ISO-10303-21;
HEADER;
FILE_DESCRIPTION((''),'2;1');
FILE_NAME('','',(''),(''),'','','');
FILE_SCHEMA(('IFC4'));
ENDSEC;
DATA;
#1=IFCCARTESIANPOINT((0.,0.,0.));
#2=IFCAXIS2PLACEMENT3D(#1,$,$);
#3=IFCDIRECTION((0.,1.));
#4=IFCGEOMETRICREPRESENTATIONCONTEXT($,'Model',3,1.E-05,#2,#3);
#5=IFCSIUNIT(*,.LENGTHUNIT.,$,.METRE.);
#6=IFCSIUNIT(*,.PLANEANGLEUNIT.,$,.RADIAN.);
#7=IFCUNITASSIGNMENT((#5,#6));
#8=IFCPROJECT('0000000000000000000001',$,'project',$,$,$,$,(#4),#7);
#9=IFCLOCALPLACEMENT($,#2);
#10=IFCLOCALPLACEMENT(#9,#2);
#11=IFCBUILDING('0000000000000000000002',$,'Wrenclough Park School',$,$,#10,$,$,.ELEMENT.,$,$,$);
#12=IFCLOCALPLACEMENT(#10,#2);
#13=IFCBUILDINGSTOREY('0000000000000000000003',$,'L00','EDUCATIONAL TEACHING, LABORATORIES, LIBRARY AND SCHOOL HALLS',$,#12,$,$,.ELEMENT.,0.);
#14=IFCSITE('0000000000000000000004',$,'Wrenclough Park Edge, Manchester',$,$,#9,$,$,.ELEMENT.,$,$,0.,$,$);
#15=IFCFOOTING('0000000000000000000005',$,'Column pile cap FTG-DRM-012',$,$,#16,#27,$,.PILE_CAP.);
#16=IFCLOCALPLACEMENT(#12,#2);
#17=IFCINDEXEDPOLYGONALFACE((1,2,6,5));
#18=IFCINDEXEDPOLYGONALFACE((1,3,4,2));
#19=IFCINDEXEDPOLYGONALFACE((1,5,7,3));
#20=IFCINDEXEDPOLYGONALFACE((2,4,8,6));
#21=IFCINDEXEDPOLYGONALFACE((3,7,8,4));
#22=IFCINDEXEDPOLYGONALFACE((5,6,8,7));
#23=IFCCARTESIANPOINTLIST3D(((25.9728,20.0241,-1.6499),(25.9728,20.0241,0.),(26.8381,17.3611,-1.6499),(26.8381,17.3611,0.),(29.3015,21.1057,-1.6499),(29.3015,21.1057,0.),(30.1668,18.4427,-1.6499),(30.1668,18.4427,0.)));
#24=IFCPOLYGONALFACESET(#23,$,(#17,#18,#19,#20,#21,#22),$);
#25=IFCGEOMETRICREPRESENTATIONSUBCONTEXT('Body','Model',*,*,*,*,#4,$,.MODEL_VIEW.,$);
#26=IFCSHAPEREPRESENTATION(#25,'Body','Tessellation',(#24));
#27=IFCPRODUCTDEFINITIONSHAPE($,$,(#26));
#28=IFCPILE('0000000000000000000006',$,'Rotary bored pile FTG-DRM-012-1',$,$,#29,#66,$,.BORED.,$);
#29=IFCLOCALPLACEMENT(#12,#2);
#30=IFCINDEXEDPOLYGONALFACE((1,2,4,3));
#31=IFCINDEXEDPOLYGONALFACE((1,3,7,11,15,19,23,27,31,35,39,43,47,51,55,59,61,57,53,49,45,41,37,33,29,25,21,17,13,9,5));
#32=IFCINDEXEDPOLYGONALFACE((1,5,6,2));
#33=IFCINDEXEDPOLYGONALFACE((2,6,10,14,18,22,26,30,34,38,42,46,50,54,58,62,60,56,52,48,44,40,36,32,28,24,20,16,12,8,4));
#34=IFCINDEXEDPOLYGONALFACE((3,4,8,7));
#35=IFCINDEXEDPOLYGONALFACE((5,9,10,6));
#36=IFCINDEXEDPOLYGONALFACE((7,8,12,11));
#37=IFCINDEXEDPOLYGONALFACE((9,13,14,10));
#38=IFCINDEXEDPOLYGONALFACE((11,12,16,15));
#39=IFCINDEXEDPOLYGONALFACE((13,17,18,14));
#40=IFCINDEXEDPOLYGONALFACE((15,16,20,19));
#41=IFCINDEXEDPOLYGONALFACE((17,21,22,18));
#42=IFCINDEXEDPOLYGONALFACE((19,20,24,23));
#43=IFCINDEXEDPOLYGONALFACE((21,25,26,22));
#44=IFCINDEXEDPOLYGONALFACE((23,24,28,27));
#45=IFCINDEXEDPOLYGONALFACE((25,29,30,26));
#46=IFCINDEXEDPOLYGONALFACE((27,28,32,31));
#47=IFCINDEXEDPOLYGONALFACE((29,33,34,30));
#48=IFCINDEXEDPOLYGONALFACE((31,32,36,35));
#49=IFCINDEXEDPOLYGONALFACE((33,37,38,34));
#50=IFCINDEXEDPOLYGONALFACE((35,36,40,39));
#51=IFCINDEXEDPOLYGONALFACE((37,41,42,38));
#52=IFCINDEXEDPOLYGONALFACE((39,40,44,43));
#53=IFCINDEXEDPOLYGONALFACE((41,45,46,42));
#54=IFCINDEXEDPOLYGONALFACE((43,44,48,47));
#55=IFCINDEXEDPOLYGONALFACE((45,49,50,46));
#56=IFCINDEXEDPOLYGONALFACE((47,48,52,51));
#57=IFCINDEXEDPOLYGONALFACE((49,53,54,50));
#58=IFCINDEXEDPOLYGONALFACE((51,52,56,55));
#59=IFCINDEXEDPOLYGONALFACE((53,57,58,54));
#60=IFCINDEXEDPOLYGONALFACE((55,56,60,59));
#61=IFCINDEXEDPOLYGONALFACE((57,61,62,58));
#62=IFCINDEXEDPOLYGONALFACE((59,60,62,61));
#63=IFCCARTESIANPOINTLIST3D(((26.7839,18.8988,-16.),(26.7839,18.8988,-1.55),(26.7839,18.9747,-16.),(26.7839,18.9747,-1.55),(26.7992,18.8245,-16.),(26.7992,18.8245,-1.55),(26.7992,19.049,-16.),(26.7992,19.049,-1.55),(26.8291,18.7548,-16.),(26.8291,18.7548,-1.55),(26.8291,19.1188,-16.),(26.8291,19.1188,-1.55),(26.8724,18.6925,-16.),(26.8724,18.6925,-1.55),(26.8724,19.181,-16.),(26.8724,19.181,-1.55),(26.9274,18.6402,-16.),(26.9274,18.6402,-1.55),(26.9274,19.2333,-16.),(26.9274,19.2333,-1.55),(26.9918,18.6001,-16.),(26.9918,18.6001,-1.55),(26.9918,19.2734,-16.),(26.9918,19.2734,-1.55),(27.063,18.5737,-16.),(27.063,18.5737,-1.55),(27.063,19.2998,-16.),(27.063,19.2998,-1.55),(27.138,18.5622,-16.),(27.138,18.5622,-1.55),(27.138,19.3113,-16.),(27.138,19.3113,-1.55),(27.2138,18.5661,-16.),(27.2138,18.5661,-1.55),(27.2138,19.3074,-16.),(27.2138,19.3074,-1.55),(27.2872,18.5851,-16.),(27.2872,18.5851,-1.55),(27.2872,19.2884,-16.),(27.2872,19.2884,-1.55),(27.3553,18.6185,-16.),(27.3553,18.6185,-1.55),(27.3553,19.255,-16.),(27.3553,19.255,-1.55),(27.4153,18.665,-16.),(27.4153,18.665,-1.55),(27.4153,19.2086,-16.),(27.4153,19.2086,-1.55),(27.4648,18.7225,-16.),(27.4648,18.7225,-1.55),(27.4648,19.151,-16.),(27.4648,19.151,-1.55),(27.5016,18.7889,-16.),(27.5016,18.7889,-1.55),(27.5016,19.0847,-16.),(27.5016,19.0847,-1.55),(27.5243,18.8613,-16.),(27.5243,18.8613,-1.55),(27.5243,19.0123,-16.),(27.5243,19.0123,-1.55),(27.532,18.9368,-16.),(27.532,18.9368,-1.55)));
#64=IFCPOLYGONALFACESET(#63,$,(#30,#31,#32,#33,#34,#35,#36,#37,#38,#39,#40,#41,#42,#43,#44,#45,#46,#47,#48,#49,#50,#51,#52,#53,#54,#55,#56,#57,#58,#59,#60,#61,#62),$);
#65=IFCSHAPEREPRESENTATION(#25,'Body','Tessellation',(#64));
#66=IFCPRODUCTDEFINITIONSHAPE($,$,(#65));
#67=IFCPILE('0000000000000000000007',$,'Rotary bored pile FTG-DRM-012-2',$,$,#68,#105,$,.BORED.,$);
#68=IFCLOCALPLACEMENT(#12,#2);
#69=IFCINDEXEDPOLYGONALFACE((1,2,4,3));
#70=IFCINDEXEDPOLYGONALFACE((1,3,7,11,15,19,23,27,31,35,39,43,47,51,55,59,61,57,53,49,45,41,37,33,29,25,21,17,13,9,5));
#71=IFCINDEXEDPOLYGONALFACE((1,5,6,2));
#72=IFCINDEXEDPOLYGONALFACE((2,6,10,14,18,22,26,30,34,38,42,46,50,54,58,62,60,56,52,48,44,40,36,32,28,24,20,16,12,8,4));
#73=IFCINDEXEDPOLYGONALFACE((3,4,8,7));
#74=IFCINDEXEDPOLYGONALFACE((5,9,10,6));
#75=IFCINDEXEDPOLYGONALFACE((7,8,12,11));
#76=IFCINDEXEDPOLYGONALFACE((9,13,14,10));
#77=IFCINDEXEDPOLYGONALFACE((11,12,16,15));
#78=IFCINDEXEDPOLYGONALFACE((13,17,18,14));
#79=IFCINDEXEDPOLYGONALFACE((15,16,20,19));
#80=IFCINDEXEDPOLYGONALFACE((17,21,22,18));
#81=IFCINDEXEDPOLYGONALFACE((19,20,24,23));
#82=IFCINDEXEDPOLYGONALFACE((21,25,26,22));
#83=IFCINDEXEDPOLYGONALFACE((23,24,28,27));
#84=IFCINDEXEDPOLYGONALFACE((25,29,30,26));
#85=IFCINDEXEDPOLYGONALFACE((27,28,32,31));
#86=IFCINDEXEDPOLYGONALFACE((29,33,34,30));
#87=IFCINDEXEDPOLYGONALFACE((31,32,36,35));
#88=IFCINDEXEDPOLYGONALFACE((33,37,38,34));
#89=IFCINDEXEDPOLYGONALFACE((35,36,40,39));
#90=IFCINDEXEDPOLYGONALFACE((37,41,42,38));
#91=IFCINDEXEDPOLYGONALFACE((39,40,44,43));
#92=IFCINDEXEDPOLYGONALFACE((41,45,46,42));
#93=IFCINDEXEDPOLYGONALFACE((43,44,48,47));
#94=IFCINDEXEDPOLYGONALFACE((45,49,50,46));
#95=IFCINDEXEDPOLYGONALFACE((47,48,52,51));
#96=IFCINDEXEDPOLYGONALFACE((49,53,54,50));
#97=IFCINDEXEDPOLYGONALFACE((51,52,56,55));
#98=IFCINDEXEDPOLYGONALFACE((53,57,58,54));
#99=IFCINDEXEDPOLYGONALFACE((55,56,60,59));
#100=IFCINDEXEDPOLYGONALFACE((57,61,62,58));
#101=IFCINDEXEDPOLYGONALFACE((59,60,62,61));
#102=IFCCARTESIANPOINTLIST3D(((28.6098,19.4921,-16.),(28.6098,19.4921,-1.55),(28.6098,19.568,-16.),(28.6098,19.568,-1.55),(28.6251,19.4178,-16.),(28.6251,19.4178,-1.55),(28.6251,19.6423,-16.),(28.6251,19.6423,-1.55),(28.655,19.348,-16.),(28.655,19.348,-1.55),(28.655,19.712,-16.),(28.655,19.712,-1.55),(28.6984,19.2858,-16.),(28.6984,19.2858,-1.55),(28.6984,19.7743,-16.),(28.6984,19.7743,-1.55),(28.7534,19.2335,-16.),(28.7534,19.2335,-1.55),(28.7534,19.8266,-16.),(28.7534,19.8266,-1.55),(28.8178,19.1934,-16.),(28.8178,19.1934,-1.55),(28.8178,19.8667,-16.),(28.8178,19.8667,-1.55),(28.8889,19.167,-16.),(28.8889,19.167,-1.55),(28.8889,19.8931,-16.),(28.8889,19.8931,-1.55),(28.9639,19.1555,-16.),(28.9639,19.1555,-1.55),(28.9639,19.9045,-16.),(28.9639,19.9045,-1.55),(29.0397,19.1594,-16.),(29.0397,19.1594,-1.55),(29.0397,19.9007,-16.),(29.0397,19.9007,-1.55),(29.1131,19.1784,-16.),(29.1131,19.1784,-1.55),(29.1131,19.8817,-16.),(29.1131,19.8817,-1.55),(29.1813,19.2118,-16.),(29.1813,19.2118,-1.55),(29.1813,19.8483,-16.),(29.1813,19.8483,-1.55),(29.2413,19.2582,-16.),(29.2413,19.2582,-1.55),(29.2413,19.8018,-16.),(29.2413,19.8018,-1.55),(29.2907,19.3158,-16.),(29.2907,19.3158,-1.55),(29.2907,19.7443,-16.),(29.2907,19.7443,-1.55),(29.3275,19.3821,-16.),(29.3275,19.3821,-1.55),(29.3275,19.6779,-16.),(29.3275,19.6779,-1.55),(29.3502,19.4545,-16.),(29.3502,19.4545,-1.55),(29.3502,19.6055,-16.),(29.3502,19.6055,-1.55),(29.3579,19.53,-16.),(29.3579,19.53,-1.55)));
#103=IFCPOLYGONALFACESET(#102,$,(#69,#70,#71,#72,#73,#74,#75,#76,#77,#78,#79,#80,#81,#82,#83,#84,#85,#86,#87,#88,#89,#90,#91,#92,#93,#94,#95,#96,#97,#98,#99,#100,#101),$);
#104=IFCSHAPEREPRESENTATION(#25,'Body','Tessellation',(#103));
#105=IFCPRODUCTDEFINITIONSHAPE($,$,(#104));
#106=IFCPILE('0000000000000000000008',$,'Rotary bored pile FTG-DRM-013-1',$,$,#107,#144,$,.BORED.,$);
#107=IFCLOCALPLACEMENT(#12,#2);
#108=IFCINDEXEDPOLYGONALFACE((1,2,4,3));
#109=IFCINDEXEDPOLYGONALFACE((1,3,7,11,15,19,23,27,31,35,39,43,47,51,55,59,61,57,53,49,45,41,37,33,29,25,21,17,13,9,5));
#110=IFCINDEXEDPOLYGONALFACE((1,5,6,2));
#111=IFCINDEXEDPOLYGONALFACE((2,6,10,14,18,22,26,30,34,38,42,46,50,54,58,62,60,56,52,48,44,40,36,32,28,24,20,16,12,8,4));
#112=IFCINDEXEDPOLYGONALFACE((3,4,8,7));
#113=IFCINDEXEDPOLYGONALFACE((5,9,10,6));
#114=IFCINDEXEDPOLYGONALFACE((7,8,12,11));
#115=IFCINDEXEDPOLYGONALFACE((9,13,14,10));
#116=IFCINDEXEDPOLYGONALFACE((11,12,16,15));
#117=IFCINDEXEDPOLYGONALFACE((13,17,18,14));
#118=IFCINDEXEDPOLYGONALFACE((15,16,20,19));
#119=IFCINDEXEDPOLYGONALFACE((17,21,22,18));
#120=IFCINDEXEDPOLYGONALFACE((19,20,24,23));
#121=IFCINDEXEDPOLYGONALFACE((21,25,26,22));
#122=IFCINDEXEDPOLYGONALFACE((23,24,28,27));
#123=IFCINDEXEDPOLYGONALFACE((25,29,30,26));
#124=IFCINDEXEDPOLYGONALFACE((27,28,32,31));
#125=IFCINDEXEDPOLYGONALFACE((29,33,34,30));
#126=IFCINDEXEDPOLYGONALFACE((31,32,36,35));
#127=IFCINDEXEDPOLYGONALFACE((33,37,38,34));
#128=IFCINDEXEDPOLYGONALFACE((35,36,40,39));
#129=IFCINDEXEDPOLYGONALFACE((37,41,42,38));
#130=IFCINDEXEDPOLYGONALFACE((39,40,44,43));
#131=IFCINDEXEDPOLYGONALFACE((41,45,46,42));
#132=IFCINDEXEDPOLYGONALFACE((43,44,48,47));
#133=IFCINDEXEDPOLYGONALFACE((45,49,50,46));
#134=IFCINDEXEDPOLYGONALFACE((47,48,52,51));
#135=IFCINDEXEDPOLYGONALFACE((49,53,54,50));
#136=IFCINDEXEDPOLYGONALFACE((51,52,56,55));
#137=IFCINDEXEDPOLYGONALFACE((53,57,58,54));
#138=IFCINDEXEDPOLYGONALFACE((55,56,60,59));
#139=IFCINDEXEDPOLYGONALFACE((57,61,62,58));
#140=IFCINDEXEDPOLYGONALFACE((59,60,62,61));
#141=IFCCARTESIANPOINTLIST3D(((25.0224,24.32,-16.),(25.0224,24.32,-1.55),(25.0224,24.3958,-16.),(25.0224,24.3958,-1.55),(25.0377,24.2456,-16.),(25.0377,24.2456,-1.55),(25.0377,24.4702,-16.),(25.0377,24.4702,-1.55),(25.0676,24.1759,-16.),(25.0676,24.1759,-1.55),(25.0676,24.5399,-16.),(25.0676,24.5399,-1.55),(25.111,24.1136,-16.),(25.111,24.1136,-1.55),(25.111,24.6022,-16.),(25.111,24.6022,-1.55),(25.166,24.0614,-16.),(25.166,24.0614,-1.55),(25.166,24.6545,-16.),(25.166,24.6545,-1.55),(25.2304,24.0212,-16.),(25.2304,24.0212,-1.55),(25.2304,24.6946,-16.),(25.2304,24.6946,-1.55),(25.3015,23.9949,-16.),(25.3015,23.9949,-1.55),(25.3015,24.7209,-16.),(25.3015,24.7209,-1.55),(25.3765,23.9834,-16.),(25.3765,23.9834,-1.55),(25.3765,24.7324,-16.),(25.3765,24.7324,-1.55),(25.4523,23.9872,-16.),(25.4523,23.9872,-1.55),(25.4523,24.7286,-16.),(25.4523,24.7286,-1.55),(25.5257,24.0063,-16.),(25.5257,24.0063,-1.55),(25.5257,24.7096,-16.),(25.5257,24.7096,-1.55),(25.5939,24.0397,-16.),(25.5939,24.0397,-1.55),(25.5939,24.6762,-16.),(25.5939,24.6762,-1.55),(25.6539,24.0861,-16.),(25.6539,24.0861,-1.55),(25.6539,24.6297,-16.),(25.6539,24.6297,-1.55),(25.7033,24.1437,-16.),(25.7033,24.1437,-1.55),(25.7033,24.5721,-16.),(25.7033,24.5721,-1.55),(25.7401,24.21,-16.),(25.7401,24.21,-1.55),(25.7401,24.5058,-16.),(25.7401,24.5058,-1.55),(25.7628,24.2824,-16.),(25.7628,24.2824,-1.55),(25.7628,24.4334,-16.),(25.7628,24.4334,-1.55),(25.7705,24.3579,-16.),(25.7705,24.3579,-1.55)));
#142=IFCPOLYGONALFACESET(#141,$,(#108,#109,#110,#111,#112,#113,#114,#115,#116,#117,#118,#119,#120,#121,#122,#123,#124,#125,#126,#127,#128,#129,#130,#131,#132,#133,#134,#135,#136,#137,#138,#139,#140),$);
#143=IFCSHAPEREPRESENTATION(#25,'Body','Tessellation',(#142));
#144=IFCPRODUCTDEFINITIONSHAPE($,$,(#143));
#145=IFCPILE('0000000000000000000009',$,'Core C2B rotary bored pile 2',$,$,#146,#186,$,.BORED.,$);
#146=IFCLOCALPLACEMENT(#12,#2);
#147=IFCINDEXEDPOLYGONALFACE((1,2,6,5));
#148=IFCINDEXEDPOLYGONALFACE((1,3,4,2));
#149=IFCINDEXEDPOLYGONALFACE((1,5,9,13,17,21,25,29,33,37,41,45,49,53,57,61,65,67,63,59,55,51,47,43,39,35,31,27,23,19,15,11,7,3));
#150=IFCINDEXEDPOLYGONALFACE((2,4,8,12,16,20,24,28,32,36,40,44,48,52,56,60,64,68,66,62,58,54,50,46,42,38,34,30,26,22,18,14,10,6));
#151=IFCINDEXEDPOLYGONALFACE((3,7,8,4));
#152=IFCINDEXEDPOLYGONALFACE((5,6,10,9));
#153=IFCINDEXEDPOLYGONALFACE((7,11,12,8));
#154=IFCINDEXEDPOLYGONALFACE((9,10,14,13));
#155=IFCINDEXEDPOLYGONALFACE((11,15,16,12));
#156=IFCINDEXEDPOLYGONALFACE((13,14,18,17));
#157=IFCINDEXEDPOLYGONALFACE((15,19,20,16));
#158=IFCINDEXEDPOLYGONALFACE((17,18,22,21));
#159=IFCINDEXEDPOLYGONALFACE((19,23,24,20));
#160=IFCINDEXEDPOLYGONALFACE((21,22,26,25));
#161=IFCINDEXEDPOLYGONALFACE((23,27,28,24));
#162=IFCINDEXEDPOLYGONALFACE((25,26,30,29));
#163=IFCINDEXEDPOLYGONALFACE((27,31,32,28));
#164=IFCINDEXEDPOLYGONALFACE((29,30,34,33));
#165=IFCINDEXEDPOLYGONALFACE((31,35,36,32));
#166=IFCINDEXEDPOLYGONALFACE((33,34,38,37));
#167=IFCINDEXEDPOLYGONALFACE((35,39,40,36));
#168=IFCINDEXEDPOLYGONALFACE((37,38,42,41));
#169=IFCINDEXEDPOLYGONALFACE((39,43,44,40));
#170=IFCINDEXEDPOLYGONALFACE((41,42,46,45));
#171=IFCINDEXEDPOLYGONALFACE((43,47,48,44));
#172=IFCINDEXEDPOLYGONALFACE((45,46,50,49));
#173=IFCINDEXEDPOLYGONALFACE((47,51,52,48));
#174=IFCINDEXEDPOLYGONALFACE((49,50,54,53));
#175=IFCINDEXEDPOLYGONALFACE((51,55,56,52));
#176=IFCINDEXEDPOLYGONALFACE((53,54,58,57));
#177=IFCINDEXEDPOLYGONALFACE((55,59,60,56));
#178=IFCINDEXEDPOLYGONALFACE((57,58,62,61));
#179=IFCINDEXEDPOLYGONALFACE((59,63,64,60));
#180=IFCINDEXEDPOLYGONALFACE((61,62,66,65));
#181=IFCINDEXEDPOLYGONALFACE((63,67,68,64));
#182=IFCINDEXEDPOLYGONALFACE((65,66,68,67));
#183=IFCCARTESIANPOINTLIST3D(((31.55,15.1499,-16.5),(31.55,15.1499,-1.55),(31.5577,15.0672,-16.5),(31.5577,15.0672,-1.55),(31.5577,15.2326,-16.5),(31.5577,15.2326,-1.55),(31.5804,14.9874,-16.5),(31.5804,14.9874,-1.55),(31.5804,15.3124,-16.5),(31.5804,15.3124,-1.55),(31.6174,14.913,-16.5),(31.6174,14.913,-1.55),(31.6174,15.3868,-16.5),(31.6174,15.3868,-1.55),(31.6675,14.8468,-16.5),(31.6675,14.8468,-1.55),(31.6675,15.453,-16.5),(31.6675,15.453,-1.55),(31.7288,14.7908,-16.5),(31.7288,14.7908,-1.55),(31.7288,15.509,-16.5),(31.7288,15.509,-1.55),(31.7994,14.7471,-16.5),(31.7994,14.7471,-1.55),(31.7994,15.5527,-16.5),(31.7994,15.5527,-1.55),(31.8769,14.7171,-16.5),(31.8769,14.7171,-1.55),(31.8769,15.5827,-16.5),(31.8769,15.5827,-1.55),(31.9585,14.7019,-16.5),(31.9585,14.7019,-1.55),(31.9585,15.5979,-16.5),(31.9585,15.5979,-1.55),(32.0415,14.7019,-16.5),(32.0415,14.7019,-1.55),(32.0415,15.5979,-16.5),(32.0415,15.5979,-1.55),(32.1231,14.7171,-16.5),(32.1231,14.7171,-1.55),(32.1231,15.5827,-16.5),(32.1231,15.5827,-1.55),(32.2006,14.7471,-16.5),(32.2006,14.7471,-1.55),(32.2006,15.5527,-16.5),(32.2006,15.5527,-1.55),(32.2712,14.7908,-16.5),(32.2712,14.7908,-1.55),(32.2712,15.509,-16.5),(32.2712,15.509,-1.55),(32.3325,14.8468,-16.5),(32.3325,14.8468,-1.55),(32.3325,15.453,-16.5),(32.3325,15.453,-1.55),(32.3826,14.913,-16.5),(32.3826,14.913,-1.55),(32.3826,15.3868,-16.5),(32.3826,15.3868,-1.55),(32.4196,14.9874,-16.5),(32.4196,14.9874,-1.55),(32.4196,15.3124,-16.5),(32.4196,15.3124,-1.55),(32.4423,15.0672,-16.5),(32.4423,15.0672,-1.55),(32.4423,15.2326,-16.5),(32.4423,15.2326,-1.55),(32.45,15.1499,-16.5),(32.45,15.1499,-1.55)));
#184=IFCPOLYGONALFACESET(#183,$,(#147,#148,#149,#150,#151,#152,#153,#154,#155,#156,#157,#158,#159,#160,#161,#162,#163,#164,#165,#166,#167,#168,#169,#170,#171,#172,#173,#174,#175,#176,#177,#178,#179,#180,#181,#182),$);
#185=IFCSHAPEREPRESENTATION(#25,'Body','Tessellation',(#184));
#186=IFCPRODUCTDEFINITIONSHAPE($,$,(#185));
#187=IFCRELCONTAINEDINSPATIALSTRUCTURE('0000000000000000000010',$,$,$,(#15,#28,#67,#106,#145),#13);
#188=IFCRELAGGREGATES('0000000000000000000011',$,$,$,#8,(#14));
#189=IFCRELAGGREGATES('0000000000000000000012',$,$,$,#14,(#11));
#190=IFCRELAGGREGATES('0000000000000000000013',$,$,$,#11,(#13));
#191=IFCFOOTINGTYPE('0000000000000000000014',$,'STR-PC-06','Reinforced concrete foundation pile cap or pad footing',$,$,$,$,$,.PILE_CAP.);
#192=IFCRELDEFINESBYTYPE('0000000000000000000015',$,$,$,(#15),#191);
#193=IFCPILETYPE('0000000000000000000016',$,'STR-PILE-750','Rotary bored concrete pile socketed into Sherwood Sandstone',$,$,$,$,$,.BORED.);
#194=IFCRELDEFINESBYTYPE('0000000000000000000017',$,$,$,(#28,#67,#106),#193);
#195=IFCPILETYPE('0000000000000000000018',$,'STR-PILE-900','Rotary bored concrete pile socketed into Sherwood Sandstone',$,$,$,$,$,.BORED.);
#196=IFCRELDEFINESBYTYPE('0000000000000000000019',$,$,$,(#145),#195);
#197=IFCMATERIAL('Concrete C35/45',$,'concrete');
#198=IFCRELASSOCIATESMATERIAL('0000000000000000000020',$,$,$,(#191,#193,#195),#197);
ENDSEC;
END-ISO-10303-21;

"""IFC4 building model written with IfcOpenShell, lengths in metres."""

from ifc_helpers import new_model, si_unit, direction, frame, origin, origin_2d, place, context, subcontext, project, spatial, rectangle, circle, extrude, material, material_profile, profile_set, type_object, element, save


model = new_model("IFC4")

# Units and contexts
model_context = context("Model", 3, precision=1e-05, world=origin(), true_north=direction((0.0, 1.0)))
body_context = subcontext(model_context, "Body", "Model", "MODEL_VIEW")
ifc_project = project(units=[si_unit("LENGTHUNIT", "METRE"), si_unit("PLANEANGLEUNIT", "RADIAN")], contexts=[model_context])

# Site, building, storey
site_placement = place(None, origin())
site = spatial("IfcSite", under=ifc_project, at=site_placement, Name="Wrenclough Park Edge, Manchester", CompositionType="ELEMENT", RefElevation=0.0)
building_placement = place(site_placement, origin())
building = spatial("IfcBuilding", under=site, at=building_placement, Name="Wrenclough Park School", CompositionType="ELEMENT")
storey_placement = place(building_placement, origin())
storey = spatial("IfcBuildingStorey", under=building, at=storey_placement, Name="L00", Description="EDUCATIONAL TEACHING, LABORATORIES, LIBRARY AND SCHOOL HALLS", CompositionType="ELEMENT", Elevation=0.0)

# Footing
ifc_material_1 = material(Name="Concrete C35/45", Category="concrete")
footing_type = type_object("IfcFootingType", Name="STR-PC-06", Description="Reinforced concrete foundation pile cap or pad footing", PredefinedType="PILE_CAP", material=ifc_material_1)
footing_placement = place(storey_placement, frame((28.0698, 19.2334, -1.6499), z_axis=(0.0, 0.0, 1.0), x_axis=(0.951057, 0.309017, 0.0)))
element("IfcFooting", 1, at=footing_placement, inside=storey, type_object=footing_type, Name="Column pile cap FTG-DRM-012", PredefinedType="PILE_CAP", context=body_context, shape_type="SweptSolid", body=[
    extrude(rectangle(XDim=3.5, YDim=2.8, at=origin_2d()), origin(), (0.0, 0.0, 1.0), 1.6499),
])

# Piles
ifc_material_profile_1 = material_profile(ifc_material_1, circle(Radius=0.375, at=origin_2d()), Name="BORED PILE D750")
ifc_profile_set_1 = profile_set([ifc_material_profile_1], Name="Concrete C35/45")
pile_type_1 = type_object("IfcPileType", Name="STR-PILE-750", Description="Rotary bored concrete pile socketed into Sherwood Sandstone", PredefinedType="BORED", material=ifc_profile_set_1)
for number, where, z_axis, x_axis, name in (
    (2, (27.157, 18.9368, -1.55), (0.0, 0.0, -1.0), (1.0, 0.0, 0.0), "Rotary bored pile FTG-DRM-012-1"),
    (3, (28.9829, 19.53, -1.55), (0.0, 0.0, -1.0), (1.0, 0.0, 0.0), "Rotary bored pile FTG-DRM-012-2"),
    (4, (25.3955, 24.3579, -1.55), (0.0, 0.0, -1.0), (1.0, 0.0, 0.0), "Rotary bored pile FTG-DRM-013-1"),
):
    element("IfcPile", number, at=place(storey_placement, frame(where, z_axis=z_axis, x_axis=x_axis)), inside=storey, type_object=pile_type_1, Name=name, PredefinedType="BORED", context=body_context, shape_type="SweptSolid", body=[
        extrude(circle(Radius=0.375, at=origin_2d()), origin(), (0.0, 0.0, 1.0), 14.45),
    ])
ifc_material_profile_2 = material_profile(ifc_material_1, circle(Radius=0.45, at=origin_2d()), Name="BORED PILE D900")
ifc_profile_set_2 = profile_set([ifc_material_profile_2], Name="Concrete C35/45")
pile_type_2 = type_object("IfcPileType", Name="STR-PILE-900", Description="Rotary bored concrete pile socketed into Sherwood Sandstone", PredefinedType="BORED", material=ifc_profile_set_2)
for number, where, z_axis, x_axis, name in (
    (5, (32.0, 15.1499, -1.55), (0.0, 0.0, -1.0), (1.0, 0.0, 0.0), "Core C2B rotary bored pile 2"),
):
    element("IfcPile", number, at=place(storey_placement, frame(where, z_axis=z_axis, x_axis=x_axis)), inside=storey, type_object=pile_type_2, Name=name, PredefinedType="BORED", context=body_context, shape_type="SweptSolid", body=[
        extrude(circle(Radius=0.45, at=origin_2d()), origin(), (0.0, 0.0, 1.0), 14.95),
    ])

save(model, "model.ifc")
